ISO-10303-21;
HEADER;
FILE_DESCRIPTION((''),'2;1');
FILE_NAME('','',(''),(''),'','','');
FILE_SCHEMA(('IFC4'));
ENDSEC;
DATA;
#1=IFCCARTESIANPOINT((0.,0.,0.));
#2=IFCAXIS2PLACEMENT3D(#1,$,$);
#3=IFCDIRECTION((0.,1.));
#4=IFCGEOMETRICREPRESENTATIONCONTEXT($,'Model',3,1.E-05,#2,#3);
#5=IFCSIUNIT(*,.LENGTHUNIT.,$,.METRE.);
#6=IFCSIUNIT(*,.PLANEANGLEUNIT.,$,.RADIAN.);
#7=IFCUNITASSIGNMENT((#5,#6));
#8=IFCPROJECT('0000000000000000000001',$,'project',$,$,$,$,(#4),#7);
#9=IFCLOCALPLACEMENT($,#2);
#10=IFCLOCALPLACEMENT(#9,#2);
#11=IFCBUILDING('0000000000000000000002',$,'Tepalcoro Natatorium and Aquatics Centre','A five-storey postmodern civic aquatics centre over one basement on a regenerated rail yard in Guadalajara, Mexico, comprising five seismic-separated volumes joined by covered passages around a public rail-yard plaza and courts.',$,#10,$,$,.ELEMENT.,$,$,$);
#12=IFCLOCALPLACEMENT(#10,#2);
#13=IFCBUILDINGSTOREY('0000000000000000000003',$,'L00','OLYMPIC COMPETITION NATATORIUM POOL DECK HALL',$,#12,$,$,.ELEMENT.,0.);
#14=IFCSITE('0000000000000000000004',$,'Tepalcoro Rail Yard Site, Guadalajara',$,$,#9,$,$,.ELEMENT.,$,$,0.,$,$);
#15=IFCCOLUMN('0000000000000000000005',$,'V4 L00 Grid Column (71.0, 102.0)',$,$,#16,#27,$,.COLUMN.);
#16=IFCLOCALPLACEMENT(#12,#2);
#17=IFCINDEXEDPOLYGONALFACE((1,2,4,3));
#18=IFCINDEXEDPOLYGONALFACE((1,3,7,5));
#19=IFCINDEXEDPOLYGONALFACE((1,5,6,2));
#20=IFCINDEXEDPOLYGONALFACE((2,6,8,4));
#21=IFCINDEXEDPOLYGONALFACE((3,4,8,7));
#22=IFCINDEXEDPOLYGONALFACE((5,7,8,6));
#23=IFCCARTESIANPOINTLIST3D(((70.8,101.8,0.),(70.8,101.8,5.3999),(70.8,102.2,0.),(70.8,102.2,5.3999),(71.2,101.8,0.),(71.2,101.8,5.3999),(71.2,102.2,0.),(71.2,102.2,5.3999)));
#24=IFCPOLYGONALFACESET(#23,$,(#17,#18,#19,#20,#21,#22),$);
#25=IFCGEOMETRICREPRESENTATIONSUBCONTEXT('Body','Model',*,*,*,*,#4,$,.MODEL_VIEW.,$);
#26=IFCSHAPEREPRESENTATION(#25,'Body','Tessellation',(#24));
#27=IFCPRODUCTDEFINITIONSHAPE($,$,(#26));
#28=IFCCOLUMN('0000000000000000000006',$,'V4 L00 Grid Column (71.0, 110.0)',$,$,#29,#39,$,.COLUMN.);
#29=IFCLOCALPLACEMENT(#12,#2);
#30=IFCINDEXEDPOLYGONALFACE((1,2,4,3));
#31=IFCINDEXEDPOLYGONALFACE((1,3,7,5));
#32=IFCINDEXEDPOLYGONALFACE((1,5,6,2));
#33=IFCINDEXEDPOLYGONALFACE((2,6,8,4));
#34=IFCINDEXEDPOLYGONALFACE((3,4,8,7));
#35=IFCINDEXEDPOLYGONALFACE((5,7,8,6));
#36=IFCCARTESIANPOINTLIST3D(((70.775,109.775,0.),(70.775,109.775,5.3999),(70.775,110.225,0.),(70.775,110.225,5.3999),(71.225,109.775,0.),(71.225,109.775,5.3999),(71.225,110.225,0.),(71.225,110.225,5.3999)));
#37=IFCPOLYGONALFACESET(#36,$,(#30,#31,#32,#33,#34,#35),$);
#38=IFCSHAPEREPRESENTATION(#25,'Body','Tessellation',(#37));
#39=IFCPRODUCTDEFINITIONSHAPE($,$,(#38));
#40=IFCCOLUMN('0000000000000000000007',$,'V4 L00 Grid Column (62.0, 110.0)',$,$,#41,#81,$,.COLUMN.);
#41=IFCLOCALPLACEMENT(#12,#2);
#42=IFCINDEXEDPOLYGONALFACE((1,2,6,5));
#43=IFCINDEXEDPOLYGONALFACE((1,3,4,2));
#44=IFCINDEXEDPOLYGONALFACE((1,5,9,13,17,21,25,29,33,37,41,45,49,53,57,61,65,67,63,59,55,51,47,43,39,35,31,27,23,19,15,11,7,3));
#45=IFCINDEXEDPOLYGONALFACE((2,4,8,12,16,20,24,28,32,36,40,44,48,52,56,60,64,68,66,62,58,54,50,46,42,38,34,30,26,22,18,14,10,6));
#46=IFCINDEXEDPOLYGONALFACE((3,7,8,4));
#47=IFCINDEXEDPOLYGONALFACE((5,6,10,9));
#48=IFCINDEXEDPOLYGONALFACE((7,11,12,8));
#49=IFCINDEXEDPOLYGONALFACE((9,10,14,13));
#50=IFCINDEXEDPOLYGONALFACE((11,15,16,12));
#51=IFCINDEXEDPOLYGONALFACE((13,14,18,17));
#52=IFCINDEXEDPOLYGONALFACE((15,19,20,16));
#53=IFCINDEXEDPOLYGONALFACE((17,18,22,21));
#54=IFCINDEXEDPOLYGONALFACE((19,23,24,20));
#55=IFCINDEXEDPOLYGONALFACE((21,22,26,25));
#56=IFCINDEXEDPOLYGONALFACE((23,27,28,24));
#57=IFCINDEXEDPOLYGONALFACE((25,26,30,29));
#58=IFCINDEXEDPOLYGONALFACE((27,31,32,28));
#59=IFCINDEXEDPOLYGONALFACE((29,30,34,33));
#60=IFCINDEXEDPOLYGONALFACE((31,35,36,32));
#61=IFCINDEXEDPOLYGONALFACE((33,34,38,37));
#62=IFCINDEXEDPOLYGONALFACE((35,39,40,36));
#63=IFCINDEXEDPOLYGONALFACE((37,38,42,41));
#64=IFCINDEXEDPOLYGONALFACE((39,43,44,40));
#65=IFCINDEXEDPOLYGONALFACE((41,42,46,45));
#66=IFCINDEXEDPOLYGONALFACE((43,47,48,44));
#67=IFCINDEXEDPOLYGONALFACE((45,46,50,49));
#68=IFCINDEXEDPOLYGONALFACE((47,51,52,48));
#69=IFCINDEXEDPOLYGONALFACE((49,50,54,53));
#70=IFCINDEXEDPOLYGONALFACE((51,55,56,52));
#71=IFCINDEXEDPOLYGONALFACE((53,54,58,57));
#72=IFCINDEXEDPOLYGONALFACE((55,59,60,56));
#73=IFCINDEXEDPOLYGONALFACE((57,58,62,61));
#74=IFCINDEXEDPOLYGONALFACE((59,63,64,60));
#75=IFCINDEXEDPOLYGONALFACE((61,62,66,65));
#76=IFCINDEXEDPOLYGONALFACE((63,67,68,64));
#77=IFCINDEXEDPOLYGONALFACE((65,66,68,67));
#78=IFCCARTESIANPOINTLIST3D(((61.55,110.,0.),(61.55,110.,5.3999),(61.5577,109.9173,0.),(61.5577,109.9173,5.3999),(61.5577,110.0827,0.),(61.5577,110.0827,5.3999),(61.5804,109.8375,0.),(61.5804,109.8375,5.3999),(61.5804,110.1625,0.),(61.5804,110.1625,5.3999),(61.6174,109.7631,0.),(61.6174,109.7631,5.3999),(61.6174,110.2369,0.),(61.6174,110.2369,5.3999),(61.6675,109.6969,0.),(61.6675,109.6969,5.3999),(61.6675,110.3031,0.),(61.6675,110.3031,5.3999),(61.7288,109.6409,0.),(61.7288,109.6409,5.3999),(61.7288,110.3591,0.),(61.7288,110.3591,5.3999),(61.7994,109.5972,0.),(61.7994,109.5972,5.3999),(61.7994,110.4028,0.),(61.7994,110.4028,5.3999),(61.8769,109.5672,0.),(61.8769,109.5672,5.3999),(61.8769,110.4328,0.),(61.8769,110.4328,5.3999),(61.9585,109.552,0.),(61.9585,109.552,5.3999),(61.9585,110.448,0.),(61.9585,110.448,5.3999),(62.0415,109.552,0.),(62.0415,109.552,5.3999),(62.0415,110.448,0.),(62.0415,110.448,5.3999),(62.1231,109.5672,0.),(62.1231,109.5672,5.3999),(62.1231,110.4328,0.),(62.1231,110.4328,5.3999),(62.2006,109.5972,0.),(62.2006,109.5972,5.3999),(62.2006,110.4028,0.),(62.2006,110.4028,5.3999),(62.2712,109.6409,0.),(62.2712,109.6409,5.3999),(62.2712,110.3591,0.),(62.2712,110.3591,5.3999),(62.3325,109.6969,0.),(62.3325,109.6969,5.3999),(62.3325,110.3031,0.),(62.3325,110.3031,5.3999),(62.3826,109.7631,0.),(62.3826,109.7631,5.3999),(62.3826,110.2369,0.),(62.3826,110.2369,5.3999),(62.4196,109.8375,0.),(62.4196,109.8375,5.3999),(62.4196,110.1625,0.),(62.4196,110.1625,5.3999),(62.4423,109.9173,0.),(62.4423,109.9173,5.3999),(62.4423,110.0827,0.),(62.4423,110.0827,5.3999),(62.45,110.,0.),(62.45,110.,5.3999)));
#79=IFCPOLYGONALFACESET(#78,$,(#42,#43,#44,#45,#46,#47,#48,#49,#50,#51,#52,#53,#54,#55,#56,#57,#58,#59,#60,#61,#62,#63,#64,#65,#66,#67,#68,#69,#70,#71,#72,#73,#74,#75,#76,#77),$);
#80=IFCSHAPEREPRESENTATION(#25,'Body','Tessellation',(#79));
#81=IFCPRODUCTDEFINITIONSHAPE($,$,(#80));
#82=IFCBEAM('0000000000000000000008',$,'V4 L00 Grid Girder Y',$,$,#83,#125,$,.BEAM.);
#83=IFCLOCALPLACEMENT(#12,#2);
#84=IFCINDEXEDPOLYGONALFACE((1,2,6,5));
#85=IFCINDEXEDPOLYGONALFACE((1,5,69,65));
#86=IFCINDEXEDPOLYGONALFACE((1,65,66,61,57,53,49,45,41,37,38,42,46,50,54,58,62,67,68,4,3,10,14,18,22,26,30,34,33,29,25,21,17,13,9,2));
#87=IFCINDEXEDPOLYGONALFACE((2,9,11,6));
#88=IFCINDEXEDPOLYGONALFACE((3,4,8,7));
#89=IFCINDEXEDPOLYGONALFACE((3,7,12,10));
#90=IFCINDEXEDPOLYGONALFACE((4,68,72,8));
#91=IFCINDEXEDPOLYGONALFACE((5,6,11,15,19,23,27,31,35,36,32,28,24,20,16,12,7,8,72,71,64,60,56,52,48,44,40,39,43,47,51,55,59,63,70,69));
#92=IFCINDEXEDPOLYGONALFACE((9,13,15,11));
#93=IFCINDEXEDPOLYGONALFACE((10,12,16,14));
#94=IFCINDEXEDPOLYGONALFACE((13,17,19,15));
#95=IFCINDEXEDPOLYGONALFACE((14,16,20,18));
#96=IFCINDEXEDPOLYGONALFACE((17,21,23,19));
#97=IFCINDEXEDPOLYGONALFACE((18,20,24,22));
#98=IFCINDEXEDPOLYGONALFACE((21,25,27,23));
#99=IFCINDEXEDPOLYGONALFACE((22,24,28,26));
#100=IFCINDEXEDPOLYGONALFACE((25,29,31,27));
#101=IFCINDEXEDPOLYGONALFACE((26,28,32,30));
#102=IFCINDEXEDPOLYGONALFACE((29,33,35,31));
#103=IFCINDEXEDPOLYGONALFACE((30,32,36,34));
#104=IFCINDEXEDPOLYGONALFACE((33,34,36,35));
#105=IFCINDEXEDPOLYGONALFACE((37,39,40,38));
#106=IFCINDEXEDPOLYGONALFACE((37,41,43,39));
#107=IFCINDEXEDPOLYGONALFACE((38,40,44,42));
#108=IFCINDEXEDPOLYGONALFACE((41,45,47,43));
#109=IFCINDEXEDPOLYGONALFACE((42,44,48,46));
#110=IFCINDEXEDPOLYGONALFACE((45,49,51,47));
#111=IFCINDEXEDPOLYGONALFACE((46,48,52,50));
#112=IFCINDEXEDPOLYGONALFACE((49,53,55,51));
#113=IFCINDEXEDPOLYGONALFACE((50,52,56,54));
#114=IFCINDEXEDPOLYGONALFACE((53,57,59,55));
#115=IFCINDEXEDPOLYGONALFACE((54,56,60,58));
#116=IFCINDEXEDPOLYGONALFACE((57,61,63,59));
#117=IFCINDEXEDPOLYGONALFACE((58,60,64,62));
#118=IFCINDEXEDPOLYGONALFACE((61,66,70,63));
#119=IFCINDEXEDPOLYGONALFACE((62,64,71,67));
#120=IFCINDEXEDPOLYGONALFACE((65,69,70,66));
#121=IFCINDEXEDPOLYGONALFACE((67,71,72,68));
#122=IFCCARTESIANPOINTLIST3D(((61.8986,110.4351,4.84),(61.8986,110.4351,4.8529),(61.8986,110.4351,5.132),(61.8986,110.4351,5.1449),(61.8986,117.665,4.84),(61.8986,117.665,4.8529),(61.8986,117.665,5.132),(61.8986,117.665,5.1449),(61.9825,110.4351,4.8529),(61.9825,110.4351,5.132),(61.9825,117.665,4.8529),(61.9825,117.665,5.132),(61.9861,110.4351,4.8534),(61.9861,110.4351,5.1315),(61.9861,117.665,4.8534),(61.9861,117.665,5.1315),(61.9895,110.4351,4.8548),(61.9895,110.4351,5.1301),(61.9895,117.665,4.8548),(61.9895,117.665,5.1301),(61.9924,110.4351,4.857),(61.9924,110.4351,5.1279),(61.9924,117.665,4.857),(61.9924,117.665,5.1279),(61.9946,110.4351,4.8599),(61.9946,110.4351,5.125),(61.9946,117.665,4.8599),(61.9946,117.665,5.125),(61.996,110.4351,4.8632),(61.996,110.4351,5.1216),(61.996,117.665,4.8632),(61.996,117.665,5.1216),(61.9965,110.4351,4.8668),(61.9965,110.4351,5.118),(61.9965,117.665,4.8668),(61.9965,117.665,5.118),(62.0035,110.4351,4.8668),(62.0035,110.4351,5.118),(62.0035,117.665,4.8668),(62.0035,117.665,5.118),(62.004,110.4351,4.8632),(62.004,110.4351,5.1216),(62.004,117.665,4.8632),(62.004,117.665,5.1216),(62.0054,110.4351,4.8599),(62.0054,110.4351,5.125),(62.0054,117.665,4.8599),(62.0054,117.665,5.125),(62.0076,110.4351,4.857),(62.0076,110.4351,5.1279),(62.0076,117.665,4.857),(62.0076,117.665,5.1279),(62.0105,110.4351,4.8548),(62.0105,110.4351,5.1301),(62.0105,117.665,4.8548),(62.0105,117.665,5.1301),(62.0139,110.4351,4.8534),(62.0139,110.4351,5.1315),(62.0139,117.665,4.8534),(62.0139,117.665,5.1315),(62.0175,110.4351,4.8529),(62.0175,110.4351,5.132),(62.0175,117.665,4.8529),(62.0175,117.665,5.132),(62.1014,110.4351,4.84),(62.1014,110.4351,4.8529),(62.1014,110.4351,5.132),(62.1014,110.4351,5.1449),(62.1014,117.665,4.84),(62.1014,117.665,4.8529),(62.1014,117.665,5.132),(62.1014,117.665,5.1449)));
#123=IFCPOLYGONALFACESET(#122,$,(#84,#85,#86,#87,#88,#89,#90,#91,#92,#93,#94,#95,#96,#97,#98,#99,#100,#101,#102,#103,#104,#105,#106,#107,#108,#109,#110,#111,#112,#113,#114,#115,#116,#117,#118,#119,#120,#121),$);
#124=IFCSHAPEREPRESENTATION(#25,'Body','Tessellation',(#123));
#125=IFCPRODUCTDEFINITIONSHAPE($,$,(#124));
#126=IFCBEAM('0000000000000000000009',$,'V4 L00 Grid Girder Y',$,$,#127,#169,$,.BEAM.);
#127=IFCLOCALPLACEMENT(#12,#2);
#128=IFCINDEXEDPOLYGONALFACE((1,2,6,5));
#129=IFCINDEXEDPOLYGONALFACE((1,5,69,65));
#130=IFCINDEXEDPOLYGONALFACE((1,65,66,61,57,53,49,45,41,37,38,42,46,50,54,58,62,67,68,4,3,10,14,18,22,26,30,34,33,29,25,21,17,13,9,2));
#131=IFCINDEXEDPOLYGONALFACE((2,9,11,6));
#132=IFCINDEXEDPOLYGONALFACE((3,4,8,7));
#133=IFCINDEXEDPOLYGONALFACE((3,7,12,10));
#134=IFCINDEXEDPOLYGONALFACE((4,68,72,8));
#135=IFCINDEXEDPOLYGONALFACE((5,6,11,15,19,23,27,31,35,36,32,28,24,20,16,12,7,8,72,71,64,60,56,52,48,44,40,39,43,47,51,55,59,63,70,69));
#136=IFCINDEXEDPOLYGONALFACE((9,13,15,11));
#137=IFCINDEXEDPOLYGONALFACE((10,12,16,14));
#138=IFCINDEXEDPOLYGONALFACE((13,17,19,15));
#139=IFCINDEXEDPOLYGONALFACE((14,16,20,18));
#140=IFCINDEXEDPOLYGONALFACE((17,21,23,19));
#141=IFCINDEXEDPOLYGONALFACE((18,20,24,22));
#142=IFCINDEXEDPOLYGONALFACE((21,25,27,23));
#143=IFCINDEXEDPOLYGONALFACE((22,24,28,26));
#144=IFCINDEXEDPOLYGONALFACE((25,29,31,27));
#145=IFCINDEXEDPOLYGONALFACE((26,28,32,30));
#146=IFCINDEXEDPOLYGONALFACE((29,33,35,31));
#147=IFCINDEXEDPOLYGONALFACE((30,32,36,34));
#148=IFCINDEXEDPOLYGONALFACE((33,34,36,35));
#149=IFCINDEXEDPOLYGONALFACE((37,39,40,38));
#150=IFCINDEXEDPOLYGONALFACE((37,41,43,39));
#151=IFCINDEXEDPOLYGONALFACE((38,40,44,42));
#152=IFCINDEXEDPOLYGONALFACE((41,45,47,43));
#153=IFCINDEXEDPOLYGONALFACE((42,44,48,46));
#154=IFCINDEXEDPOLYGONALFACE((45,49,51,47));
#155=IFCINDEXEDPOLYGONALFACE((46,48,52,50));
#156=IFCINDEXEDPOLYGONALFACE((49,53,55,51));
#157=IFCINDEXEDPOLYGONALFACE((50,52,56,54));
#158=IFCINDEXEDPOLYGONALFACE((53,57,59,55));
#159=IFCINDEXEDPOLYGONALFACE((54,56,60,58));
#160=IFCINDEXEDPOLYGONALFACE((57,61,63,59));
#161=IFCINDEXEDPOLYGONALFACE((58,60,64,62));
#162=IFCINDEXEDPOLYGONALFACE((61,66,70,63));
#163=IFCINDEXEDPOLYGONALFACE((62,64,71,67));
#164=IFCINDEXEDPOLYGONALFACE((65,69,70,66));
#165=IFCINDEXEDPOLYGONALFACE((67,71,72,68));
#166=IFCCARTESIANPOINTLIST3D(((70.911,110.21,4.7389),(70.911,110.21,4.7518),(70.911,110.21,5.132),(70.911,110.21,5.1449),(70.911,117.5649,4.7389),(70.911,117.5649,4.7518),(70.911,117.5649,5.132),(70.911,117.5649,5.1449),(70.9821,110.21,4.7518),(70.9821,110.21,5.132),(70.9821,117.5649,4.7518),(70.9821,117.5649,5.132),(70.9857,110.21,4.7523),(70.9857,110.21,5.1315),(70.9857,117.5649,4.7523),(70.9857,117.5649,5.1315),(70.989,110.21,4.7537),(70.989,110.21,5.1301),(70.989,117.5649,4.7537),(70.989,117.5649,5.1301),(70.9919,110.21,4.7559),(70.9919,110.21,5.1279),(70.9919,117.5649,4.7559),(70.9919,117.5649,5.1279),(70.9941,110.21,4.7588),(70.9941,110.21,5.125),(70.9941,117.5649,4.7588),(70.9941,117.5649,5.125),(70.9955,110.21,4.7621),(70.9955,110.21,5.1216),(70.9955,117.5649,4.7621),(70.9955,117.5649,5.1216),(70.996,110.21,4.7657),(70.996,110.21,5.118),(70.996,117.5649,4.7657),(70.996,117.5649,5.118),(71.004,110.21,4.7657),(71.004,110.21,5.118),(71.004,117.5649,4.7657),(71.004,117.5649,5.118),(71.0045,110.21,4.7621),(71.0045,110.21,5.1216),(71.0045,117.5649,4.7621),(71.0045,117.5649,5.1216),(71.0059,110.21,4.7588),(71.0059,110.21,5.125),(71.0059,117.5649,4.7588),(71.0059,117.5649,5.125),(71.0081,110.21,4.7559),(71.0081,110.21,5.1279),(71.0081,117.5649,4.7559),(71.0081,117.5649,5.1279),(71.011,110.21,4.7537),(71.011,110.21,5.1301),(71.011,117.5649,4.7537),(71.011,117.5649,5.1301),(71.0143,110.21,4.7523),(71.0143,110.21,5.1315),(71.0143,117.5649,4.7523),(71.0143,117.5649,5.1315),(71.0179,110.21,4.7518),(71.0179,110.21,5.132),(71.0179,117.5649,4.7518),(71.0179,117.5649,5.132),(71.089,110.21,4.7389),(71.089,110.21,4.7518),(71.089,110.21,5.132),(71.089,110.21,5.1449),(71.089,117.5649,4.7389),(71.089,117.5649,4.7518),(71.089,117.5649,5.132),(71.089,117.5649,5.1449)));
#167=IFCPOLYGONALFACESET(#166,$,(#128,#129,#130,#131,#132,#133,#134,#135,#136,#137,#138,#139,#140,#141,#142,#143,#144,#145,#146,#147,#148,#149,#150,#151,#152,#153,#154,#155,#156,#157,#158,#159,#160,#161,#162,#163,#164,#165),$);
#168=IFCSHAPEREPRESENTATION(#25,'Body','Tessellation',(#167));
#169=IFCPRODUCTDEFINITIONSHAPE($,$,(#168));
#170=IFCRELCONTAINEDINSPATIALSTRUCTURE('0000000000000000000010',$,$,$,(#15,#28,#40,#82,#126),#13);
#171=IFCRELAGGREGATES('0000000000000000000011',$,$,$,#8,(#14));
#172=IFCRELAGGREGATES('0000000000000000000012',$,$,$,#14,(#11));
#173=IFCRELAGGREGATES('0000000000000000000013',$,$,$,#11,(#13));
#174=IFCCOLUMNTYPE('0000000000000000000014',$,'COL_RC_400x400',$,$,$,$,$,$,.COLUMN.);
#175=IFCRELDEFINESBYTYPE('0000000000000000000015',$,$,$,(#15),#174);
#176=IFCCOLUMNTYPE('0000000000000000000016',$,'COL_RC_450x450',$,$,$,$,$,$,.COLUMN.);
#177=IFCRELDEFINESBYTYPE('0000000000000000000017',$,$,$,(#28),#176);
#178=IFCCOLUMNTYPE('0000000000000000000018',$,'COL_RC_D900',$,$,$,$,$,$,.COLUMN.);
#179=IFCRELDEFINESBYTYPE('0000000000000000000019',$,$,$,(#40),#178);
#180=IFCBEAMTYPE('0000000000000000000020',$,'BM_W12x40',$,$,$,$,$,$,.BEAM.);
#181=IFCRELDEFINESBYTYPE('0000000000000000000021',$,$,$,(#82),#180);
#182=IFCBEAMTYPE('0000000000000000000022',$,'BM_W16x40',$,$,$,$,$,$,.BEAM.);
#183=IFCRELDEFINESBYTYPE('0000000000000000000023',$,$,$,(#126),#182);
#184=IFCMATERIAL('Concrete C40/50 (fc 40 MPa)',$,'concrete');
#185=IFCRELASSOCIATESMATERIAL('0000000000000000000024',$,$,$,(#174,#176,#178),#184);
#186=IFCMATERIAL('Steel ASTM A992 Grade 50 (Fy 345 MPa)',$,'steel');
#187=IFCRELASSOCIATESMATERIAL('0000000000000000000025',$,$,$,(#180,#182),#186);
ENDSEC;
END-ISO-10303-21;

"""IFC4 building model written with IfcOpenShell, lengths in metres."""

from ifc_helpers import new_model, si_unit, direction, frame, origin, origin_2d, place, context, subcontext, project, spatial, rectangle, circle, i_section, extrude, material, material_profile, profile_set, type_object, element, save


model = new_model("IFC4")

# Units and contexts
model_context = context("Model", 3, precision=1e-05, world=origin(), true_north=direction((0.0, 1.0)))
body_context = subcontext(model_context, "Body", "Model", "MODEL_VIEW")
ifc_project = project(units=[si_unit("LENGTHUNIT", "METRE"), si_unit("PLANEANGLEUNIT", "RADIAN")], contexts=[model_context])

# Site, building, storey
site_placement = place(None, origin())
site = spatial("IfcSite", under=ifc_project, at=site_placement, Name="Tepalcoro Rail Yard Site, Guadalajara", CompositionType="ELEMENT", RefElevation=0.0)
building_placement = place(site_placement, origin())
building = spatial("IfcBuilding", under=site, at=building_placement, Name="Tepalcoro Natatorium and Aquatics Centre", Description="A five-storey postmodern civic aquatics centre over one basement on a regenerated rail yard in Guadalajara, Mexico, comprising five seismic-separated volumes joined by covered passages around a public rail-yard plaza and courts.", CompositionType="ELEMENT")
storey_placement = place(building_placement, origin())
storey = spatial("IfcBuildingStorey", under=building, at=storey_placement, Name="L00", Description="OLYMPIC COMPETITION NATATORIUM POOL DECK HALL", CompositionType="ELEMENT", Elevation=0.0)

# Columns
ifc_material_1 = material(Name="Concrete C40/50 (fc 40 MPa)", Category="concrete")
ifc_material_profile_1 = material_profile(ifc_material_1, rectangle(XDim=0.3999, YDim=0.3999, at=origin_2d()), Name="RC400x400")
ifc_profile_set_1 = profile_set([ifc_material_profile_1], Name="Concrete C40/50 (fc 40 MPa)")
column_type_1 = type_object("IfcColumnType", Name="COL_RC_400x400", PredefinedType="COLUMN", material=ifc_profile_set_1)
column_1_placement = place(storey_placement, frame((71.0, 102.0, 0.0), z_axis=(0.0, 0.0, 1.0), x_axis=(1.0, 0.0, 0.0)))
element("IfcColumn", 1, at=column_1_placement, inside=storey, type_object=column_type_1, Name="V4 L00 Grid Column (71.0, 102.0)", PredefinedType="COLUMN", context=body_context, shape_type="SweptSolid", body=[
    extrude(rectangle(XDim=0.3999, YDim=0.3999, at=origin_2d()), origin(), (0.0, 0.0, 1.0), 5.3999),
])
ifc_material_profile_2 = material_profile(ifc_material_1, rectangle(XDim=0.45, YDim=0.45, at=origin_2d()), Name="RC450x450")
ifc_profile_set_2 = profile_set([ifc_material_profile_2], Name="Concrete C40/50 (fc 40 MPa)")
column_type_2 = type_object("IfcColumnType", Name="COL_RC_450x450", PredefinedType="COLUMN", material=ifc_profile_set_2)
column_2_placement = place(storey_placement, frame((71.0, 110.0, 0.0), z_axis=(0.0, 0.0, 1.0), x_axis=(1.0, 0.0, 0.0)))
element("IfcColumn", 2, at=column_2_placement, inside=storey, type_object=column_type_2, Name="V4 L00 Grid Column (71.0, 110.0)", PredefinedType="COLUMN", context=body_context, shape_type="SweptSolid", body=[
    extrude(rectangle(XDim=0.45, YDim=0.45, at=origin_2d()), origin(), (0.0, 0.0, 1.0), 5.3999),
])
ifc_material_profile_3 = material_profile(ifc_material_1, circle(Radius=0.45, at=origin_2d()), Name="RCD900")
ifc_profile_set_3 = profile_set([ifc_material_profile_3], Name="Concrete C40/50 (fc 40 MPa)")
column_type_3 = type_object("IfcColumnType", Name="COL_RC_D900", PredefinedType="COLUMN", material=ifc_profile_set_3)
column_3_placement = place(storey_placement, frame((62.0, 110.0, 0.0), z_axis=(0.0, 0.0, 1.0), x_axis=(1.0, 0.0, 0.0)))
element("IfcColumn", 3, at=column_3_placement, inside=storey, type_object=column_type_3, Name="V4 L00 Grid Column (62.0, 110.0)", PredefinedType="COLUMN", context=body_context, shape_type="SweptSolid", body=[
    extrude(circle(Radius=0.45, at=origin_2d()), origin(), (0.0, 0.0, 1.0), 5.3999),
])

# Beams
ifc_material_2 = material(Name="Steel ASTM A992 Grade 50 (Fy 345 MPa)", Category="steel")
ifc_material_profile_4 = material_profile(ifc_material_2, i_section(OverallWidth=0.2029, OverallDepth=0.3049, WebThickness=0.0071, FlangeThickness=0.0129, FilletRadius=0.0139, at=origin_2d()), Name="W12X40")
ifc_profile_set_4 = profile_set([ifc_material_profile_4], Name="Steel ASTM A992 Grade 50 (Fy 345 MPa)")
beam_type_1 = type_object("IfcBeamType", Name="BM_W12x40", PredefinedType="BEAM", material=ifc_profile_set_4)
beam_1_placement = place(storey_placement, frame((62.0, 110.4351, 4.9924), z_axis=(0.0, 1.0, 0.0), x_axis=(-1.0, 0.0, 0.0)))
element("IfcBeam", 4, at=beam_1_placement, inside=storey, type_object=beam_type_1, Name="V4 L00 Grid Girder Y", PredefinedType="BEAM", context=body_context, shape_type="SweptSolid", body=[
    extrude(i_section(OverallWidth=0.2029, OverallDepth=0.3049, WebThickness=0.0071, FlangeThickness=0.0129, FilletRadius=0.0139, at=origin_2d()), origin(), (0.0, 0.0, 1.0), 7.23),
])
ifc_material_profile_5 = material_profile(ifc_material_2, i_section(OverallWidth=0.178, OverallDepth=0.406, WebThickness=0.0081, FlangeThickness=0.0129, FilletRadius=0.0139, at=origin_2d()), Name="W16X40")
ifc_profile_set_5 = profile_set([ifc_material_profile_5], Name="Steel ASTM A992 Grade 50 (Fy 345 MPa)")
beam_type_2 = type_object("IfcBeamType", Name="BM_W16x40", PredefinedType="BEAM", material=ifc_profile_set_5)
beam_2_placement = place(storey_placement, frame((71.0, 110.21, 4.9419), z_axis=(0.0, 1.0, 0.0), x_axis=(-1.0, 0.0, 0.0)))
element("IfcBeam", 5, at=beam_2_placement, inside=storey, type_object=beam_type_2, Name="V4 L00 Grid Girder Y", PredefinedType="BEAM", context=body_context, shape_type="SweptSolid", body=[
    extrude(i_section(OverallWidth=0.178, OverallDepth=0.406, WebThickness=0.0081, FlangeThickness=0.0129, FilletRadius=0.0139, at=origin_2d()), origin(), (0.0, 0.0, 1.0), 7.355),
])

save(model, "model.ifc")
